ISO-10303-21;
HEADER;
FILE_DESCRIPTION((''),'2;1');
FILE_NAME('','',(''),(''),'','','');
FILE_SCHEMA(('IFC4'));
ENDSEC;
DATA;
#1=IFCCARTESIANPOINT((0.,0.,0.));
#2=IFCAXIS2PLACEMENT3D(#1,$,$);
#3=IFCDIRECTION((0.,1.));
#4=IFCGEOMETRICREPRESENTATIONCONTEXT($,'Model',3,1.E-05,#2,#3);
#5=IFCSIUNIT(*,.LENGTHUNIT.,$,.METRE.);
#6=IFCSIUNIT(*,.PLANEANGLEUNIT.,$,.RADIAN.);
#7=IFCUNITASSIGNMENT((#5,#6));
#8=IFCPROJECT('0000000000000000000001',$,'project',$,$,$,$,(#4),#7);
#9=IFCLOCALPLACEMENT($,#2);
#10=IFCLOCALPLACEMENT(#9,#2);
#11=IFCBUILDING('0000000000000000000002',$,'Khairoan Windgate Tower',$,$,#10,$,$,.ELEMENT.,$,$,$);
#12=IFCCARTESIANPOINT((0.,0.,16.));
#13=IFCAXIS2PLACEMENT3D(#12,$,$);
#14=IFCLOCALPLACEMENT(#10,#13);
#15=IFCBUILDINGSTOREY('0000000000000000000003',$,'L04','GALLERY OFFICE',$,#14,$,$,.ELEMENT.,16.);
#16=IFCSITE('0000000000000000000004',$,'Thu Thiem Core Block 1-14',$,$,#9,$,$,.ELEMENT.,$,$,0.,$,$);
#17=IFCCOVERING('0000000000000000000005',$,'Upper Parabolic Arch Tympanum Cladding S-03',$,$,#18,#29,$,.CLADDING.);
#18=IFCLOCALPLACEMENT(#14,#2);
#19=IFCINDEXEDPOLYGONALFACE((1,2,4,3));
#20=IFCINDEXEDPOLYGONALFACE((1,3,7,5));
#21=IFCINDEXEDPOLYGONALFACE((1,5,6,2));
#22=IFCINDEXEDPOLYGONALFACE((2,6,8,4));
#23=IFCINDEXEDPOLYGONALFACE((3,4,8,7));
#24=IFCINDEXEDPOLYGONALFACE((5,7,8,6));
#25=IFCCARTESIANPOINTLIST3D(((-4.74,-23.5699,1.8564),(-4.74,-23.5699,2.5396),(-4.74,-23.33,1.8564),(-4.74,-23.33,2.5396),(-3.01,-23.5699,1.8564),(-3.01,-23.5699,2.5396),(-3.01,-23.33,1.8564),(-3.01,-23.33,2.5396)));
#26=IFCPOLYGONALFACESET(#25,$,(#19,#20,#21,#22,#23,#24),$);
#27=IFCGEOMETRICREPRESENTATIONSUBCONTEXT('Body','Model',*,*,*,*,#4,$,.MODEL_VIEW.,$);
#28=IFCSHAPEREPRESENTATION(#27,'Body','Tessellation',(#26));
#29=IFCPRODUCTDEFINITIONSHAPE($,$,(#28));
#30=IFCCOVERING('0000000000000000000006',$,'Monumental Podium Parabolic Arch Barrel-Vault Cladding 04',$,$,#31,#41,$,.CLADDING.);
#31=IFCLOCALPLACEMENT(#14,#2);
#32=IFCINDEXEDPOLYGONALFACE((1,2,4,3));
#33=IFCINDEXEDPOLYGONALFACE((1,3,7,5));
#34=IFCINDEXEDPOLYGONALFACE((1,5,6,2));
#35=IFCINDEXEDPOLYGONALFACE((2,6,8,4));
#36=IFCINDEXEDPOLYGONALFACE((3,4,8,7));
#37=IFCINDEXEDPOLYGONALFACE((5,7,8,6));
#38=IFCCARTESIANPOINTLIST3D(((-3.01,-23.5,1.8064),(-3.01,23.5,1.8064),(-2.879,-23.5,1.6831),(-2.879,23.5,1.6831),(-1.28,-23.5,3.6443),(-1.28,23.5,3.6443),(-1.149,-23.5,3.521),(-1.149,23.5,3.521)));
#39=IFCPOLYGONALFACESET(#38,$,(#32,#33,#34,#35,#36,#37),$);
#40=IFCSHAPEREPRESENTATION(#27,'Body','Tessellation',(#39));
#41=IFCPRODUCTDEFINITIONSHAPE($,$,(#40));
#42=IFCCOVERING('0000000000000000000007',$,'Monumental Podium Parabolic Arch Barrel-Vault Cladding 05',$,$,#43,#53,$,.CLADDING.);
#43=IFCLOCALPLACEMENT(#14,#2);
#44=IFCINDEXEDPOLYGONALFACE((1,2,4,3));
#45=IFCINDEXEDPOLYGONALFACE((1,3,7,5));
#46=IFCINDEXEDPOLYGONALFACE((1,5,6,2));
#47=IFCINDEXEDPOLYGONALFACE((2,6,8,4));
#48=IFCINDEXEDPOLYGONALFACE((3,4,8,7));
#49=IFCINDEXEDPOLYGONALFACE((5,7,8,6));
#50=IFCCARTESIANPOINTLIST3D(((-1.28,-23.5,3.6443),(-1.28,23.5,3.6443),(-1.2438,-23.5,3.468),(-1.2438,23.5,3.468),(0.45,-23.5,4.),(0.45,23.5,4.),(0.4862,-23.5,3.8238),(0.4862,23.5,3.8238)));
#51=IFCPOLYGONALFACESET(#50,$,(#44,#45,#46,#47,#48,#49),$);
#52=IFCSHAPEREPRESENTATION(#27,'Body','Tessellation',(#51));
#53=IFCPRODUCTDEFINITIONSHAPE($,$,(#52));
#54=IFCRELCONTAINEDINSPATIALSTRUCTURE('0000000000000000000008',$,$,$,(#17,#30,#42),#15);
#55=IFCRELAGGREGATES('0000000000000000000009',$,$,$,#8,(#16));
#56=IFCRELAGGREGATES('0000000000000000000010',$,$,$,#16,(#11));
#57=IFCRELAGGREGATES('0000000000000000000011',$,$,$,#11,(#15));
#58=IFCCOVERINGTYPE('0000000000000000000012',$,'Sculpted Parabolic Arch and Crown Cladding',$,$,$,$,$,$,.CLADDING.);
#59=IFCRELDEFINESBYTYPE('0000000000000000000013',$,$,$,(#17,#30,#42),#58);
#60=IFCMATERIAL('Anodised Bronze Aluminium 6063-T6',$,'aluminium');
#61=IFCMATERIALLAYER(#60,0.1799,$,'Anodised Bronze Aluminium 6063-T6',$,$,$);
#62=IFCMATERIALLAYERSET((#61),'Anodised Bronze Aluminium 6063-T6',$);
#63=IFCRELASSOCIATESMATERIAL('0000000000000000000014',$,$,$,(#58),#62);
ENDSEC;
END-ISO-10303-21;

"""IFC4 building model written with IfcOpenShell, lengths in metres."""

from ifc_helpers import new_model, si_unit, direction, frame, origin, origin_2d, place, context, subcontext, project, spatial, polyline, rectangle, outline, extrude, material, layer, layer_set, type_object, element, save


model = new_model("IFC4")

# Units and contexts
model_context = context("Model", 3, precision=1e-05, world=origin(), true_north=direction((0.0, 1.0)))
body_context = subcontext(model_context, "Body", "Model", "MODEL_VIEW")
ifc_project = project(units=[si_unit("LENGTHUNIT", "METRE"), si_unit("PLANEANGLEUNIT", "RADIAN")], contexts=[model_context])

# Site, building, storey
site_placement = place(None, origin())
site = spatial("IfcSite", under=ifc_project, at=site_placement, Name="Thu Thiem Core Block 1-14", CompositionType="ELEMENT", RefElevation=0.0)
building_placement = place(site_placement, origin())
building = spatial("IfcBuilding", under=site, at=building_placement, Name="Khairoan Windgate Tower", CompositionType="ELEMENT")
storey_placement = place(building_placement, frame((0.0, 0.0, 16.0)))
storey = spatial("IfcBuildingStorey", under=building, at=storey_placement, Name="L04", Description="GALLERY OFFICE", CompositionType="ELEMENT", Elevation=16.0)

# Coverings
ifc_material_1 = material(Name="Anodised Bronze Aluminium 6063-T6", Category="aluminium")
ifc_layer_1 = layer(ifc_material_1, 0.1799, Name="Anodised Bronze Aluminium 6063-T6")
ifc_layer_set_1 = layer_set([ifc_layer_1], Name="Anodised Bronze Aluminium 6063-T6")
covering_type = type_object("IfcCoveringType", Name="Sculpted Parabolic Arch and Crown Cladding", PredefinedType="CLADDING", material=ifc_layer_set_1)
covering_1_placement = place(storey_placement, frame((-3.875, -23.45, 1.8564), z_axis=(0.0, 0.0, 1.0), x_axis=(1.0, 0.0, 0.0)))
element("IfcCovering", 1, at=covering_1_placement, inside=storey, type_object=covering_type, Name="Upper Parabolic Arch Tympanum Cladding S-03", PredefinedType="CLADDING", context=body_context, shape_type="SweptSolid", body=[
    extrude(rectangle(XDim=1.73, YDim=0.24, at=origin_2d()), origin(), (0.0, 0.0, 1.0), 0.6831),
])
covering_2_placement = place(storey_placement, frame((-3.01, -23.5, 1.8064), z_axis=(-0.72816, 0.0, 0.685407), x_axis=(0.685407, 0.0, 0.72816)))
element("IfcCovering", 2, at=covering_2_placement, inside=storey, type_object=covering_type, Name="Monumental Podium Parabolic Arch Barrel-Vault Cladding 04", PredefinedType="CLADDING", context=body_context, shape_type="SweptSolid", body=[
    extrude(outline(polyline([(0.0, 0.0), (2.524, 0.0), (2.524, 47.0), (0.0, 47.0), (0.0, 0.0)])), origin(), (0.0, 0.0, -1.0), 0.1799),
])
covering_3_placement = place(storey_placement, frame((-1.28, -23.5, 3.6443), z_axis=(-0.201403, 0.0, 0.979508), x_axis=(0.979508, 0.0, 0.201403)))
element("IfcCovering", 3, at=covering_3_placement, inside=storey, type_object=covering_type, Name="Monumental Podium Parabolic Arch Barrel-Vault Cladding 05", PredefinedType="CLADDING", context=body_context, shape_type="SweptSolid", body=[
    extrude(outline(polyline([(0.0, 0.0), (1.7662, 0.0), (1.7662, 47.0), (0.0, 47.0), (0.0, 0.0)])), origin(), (0.0, 0.0, -1.0), 0.1799),
])

save(model, "model.ifc")
